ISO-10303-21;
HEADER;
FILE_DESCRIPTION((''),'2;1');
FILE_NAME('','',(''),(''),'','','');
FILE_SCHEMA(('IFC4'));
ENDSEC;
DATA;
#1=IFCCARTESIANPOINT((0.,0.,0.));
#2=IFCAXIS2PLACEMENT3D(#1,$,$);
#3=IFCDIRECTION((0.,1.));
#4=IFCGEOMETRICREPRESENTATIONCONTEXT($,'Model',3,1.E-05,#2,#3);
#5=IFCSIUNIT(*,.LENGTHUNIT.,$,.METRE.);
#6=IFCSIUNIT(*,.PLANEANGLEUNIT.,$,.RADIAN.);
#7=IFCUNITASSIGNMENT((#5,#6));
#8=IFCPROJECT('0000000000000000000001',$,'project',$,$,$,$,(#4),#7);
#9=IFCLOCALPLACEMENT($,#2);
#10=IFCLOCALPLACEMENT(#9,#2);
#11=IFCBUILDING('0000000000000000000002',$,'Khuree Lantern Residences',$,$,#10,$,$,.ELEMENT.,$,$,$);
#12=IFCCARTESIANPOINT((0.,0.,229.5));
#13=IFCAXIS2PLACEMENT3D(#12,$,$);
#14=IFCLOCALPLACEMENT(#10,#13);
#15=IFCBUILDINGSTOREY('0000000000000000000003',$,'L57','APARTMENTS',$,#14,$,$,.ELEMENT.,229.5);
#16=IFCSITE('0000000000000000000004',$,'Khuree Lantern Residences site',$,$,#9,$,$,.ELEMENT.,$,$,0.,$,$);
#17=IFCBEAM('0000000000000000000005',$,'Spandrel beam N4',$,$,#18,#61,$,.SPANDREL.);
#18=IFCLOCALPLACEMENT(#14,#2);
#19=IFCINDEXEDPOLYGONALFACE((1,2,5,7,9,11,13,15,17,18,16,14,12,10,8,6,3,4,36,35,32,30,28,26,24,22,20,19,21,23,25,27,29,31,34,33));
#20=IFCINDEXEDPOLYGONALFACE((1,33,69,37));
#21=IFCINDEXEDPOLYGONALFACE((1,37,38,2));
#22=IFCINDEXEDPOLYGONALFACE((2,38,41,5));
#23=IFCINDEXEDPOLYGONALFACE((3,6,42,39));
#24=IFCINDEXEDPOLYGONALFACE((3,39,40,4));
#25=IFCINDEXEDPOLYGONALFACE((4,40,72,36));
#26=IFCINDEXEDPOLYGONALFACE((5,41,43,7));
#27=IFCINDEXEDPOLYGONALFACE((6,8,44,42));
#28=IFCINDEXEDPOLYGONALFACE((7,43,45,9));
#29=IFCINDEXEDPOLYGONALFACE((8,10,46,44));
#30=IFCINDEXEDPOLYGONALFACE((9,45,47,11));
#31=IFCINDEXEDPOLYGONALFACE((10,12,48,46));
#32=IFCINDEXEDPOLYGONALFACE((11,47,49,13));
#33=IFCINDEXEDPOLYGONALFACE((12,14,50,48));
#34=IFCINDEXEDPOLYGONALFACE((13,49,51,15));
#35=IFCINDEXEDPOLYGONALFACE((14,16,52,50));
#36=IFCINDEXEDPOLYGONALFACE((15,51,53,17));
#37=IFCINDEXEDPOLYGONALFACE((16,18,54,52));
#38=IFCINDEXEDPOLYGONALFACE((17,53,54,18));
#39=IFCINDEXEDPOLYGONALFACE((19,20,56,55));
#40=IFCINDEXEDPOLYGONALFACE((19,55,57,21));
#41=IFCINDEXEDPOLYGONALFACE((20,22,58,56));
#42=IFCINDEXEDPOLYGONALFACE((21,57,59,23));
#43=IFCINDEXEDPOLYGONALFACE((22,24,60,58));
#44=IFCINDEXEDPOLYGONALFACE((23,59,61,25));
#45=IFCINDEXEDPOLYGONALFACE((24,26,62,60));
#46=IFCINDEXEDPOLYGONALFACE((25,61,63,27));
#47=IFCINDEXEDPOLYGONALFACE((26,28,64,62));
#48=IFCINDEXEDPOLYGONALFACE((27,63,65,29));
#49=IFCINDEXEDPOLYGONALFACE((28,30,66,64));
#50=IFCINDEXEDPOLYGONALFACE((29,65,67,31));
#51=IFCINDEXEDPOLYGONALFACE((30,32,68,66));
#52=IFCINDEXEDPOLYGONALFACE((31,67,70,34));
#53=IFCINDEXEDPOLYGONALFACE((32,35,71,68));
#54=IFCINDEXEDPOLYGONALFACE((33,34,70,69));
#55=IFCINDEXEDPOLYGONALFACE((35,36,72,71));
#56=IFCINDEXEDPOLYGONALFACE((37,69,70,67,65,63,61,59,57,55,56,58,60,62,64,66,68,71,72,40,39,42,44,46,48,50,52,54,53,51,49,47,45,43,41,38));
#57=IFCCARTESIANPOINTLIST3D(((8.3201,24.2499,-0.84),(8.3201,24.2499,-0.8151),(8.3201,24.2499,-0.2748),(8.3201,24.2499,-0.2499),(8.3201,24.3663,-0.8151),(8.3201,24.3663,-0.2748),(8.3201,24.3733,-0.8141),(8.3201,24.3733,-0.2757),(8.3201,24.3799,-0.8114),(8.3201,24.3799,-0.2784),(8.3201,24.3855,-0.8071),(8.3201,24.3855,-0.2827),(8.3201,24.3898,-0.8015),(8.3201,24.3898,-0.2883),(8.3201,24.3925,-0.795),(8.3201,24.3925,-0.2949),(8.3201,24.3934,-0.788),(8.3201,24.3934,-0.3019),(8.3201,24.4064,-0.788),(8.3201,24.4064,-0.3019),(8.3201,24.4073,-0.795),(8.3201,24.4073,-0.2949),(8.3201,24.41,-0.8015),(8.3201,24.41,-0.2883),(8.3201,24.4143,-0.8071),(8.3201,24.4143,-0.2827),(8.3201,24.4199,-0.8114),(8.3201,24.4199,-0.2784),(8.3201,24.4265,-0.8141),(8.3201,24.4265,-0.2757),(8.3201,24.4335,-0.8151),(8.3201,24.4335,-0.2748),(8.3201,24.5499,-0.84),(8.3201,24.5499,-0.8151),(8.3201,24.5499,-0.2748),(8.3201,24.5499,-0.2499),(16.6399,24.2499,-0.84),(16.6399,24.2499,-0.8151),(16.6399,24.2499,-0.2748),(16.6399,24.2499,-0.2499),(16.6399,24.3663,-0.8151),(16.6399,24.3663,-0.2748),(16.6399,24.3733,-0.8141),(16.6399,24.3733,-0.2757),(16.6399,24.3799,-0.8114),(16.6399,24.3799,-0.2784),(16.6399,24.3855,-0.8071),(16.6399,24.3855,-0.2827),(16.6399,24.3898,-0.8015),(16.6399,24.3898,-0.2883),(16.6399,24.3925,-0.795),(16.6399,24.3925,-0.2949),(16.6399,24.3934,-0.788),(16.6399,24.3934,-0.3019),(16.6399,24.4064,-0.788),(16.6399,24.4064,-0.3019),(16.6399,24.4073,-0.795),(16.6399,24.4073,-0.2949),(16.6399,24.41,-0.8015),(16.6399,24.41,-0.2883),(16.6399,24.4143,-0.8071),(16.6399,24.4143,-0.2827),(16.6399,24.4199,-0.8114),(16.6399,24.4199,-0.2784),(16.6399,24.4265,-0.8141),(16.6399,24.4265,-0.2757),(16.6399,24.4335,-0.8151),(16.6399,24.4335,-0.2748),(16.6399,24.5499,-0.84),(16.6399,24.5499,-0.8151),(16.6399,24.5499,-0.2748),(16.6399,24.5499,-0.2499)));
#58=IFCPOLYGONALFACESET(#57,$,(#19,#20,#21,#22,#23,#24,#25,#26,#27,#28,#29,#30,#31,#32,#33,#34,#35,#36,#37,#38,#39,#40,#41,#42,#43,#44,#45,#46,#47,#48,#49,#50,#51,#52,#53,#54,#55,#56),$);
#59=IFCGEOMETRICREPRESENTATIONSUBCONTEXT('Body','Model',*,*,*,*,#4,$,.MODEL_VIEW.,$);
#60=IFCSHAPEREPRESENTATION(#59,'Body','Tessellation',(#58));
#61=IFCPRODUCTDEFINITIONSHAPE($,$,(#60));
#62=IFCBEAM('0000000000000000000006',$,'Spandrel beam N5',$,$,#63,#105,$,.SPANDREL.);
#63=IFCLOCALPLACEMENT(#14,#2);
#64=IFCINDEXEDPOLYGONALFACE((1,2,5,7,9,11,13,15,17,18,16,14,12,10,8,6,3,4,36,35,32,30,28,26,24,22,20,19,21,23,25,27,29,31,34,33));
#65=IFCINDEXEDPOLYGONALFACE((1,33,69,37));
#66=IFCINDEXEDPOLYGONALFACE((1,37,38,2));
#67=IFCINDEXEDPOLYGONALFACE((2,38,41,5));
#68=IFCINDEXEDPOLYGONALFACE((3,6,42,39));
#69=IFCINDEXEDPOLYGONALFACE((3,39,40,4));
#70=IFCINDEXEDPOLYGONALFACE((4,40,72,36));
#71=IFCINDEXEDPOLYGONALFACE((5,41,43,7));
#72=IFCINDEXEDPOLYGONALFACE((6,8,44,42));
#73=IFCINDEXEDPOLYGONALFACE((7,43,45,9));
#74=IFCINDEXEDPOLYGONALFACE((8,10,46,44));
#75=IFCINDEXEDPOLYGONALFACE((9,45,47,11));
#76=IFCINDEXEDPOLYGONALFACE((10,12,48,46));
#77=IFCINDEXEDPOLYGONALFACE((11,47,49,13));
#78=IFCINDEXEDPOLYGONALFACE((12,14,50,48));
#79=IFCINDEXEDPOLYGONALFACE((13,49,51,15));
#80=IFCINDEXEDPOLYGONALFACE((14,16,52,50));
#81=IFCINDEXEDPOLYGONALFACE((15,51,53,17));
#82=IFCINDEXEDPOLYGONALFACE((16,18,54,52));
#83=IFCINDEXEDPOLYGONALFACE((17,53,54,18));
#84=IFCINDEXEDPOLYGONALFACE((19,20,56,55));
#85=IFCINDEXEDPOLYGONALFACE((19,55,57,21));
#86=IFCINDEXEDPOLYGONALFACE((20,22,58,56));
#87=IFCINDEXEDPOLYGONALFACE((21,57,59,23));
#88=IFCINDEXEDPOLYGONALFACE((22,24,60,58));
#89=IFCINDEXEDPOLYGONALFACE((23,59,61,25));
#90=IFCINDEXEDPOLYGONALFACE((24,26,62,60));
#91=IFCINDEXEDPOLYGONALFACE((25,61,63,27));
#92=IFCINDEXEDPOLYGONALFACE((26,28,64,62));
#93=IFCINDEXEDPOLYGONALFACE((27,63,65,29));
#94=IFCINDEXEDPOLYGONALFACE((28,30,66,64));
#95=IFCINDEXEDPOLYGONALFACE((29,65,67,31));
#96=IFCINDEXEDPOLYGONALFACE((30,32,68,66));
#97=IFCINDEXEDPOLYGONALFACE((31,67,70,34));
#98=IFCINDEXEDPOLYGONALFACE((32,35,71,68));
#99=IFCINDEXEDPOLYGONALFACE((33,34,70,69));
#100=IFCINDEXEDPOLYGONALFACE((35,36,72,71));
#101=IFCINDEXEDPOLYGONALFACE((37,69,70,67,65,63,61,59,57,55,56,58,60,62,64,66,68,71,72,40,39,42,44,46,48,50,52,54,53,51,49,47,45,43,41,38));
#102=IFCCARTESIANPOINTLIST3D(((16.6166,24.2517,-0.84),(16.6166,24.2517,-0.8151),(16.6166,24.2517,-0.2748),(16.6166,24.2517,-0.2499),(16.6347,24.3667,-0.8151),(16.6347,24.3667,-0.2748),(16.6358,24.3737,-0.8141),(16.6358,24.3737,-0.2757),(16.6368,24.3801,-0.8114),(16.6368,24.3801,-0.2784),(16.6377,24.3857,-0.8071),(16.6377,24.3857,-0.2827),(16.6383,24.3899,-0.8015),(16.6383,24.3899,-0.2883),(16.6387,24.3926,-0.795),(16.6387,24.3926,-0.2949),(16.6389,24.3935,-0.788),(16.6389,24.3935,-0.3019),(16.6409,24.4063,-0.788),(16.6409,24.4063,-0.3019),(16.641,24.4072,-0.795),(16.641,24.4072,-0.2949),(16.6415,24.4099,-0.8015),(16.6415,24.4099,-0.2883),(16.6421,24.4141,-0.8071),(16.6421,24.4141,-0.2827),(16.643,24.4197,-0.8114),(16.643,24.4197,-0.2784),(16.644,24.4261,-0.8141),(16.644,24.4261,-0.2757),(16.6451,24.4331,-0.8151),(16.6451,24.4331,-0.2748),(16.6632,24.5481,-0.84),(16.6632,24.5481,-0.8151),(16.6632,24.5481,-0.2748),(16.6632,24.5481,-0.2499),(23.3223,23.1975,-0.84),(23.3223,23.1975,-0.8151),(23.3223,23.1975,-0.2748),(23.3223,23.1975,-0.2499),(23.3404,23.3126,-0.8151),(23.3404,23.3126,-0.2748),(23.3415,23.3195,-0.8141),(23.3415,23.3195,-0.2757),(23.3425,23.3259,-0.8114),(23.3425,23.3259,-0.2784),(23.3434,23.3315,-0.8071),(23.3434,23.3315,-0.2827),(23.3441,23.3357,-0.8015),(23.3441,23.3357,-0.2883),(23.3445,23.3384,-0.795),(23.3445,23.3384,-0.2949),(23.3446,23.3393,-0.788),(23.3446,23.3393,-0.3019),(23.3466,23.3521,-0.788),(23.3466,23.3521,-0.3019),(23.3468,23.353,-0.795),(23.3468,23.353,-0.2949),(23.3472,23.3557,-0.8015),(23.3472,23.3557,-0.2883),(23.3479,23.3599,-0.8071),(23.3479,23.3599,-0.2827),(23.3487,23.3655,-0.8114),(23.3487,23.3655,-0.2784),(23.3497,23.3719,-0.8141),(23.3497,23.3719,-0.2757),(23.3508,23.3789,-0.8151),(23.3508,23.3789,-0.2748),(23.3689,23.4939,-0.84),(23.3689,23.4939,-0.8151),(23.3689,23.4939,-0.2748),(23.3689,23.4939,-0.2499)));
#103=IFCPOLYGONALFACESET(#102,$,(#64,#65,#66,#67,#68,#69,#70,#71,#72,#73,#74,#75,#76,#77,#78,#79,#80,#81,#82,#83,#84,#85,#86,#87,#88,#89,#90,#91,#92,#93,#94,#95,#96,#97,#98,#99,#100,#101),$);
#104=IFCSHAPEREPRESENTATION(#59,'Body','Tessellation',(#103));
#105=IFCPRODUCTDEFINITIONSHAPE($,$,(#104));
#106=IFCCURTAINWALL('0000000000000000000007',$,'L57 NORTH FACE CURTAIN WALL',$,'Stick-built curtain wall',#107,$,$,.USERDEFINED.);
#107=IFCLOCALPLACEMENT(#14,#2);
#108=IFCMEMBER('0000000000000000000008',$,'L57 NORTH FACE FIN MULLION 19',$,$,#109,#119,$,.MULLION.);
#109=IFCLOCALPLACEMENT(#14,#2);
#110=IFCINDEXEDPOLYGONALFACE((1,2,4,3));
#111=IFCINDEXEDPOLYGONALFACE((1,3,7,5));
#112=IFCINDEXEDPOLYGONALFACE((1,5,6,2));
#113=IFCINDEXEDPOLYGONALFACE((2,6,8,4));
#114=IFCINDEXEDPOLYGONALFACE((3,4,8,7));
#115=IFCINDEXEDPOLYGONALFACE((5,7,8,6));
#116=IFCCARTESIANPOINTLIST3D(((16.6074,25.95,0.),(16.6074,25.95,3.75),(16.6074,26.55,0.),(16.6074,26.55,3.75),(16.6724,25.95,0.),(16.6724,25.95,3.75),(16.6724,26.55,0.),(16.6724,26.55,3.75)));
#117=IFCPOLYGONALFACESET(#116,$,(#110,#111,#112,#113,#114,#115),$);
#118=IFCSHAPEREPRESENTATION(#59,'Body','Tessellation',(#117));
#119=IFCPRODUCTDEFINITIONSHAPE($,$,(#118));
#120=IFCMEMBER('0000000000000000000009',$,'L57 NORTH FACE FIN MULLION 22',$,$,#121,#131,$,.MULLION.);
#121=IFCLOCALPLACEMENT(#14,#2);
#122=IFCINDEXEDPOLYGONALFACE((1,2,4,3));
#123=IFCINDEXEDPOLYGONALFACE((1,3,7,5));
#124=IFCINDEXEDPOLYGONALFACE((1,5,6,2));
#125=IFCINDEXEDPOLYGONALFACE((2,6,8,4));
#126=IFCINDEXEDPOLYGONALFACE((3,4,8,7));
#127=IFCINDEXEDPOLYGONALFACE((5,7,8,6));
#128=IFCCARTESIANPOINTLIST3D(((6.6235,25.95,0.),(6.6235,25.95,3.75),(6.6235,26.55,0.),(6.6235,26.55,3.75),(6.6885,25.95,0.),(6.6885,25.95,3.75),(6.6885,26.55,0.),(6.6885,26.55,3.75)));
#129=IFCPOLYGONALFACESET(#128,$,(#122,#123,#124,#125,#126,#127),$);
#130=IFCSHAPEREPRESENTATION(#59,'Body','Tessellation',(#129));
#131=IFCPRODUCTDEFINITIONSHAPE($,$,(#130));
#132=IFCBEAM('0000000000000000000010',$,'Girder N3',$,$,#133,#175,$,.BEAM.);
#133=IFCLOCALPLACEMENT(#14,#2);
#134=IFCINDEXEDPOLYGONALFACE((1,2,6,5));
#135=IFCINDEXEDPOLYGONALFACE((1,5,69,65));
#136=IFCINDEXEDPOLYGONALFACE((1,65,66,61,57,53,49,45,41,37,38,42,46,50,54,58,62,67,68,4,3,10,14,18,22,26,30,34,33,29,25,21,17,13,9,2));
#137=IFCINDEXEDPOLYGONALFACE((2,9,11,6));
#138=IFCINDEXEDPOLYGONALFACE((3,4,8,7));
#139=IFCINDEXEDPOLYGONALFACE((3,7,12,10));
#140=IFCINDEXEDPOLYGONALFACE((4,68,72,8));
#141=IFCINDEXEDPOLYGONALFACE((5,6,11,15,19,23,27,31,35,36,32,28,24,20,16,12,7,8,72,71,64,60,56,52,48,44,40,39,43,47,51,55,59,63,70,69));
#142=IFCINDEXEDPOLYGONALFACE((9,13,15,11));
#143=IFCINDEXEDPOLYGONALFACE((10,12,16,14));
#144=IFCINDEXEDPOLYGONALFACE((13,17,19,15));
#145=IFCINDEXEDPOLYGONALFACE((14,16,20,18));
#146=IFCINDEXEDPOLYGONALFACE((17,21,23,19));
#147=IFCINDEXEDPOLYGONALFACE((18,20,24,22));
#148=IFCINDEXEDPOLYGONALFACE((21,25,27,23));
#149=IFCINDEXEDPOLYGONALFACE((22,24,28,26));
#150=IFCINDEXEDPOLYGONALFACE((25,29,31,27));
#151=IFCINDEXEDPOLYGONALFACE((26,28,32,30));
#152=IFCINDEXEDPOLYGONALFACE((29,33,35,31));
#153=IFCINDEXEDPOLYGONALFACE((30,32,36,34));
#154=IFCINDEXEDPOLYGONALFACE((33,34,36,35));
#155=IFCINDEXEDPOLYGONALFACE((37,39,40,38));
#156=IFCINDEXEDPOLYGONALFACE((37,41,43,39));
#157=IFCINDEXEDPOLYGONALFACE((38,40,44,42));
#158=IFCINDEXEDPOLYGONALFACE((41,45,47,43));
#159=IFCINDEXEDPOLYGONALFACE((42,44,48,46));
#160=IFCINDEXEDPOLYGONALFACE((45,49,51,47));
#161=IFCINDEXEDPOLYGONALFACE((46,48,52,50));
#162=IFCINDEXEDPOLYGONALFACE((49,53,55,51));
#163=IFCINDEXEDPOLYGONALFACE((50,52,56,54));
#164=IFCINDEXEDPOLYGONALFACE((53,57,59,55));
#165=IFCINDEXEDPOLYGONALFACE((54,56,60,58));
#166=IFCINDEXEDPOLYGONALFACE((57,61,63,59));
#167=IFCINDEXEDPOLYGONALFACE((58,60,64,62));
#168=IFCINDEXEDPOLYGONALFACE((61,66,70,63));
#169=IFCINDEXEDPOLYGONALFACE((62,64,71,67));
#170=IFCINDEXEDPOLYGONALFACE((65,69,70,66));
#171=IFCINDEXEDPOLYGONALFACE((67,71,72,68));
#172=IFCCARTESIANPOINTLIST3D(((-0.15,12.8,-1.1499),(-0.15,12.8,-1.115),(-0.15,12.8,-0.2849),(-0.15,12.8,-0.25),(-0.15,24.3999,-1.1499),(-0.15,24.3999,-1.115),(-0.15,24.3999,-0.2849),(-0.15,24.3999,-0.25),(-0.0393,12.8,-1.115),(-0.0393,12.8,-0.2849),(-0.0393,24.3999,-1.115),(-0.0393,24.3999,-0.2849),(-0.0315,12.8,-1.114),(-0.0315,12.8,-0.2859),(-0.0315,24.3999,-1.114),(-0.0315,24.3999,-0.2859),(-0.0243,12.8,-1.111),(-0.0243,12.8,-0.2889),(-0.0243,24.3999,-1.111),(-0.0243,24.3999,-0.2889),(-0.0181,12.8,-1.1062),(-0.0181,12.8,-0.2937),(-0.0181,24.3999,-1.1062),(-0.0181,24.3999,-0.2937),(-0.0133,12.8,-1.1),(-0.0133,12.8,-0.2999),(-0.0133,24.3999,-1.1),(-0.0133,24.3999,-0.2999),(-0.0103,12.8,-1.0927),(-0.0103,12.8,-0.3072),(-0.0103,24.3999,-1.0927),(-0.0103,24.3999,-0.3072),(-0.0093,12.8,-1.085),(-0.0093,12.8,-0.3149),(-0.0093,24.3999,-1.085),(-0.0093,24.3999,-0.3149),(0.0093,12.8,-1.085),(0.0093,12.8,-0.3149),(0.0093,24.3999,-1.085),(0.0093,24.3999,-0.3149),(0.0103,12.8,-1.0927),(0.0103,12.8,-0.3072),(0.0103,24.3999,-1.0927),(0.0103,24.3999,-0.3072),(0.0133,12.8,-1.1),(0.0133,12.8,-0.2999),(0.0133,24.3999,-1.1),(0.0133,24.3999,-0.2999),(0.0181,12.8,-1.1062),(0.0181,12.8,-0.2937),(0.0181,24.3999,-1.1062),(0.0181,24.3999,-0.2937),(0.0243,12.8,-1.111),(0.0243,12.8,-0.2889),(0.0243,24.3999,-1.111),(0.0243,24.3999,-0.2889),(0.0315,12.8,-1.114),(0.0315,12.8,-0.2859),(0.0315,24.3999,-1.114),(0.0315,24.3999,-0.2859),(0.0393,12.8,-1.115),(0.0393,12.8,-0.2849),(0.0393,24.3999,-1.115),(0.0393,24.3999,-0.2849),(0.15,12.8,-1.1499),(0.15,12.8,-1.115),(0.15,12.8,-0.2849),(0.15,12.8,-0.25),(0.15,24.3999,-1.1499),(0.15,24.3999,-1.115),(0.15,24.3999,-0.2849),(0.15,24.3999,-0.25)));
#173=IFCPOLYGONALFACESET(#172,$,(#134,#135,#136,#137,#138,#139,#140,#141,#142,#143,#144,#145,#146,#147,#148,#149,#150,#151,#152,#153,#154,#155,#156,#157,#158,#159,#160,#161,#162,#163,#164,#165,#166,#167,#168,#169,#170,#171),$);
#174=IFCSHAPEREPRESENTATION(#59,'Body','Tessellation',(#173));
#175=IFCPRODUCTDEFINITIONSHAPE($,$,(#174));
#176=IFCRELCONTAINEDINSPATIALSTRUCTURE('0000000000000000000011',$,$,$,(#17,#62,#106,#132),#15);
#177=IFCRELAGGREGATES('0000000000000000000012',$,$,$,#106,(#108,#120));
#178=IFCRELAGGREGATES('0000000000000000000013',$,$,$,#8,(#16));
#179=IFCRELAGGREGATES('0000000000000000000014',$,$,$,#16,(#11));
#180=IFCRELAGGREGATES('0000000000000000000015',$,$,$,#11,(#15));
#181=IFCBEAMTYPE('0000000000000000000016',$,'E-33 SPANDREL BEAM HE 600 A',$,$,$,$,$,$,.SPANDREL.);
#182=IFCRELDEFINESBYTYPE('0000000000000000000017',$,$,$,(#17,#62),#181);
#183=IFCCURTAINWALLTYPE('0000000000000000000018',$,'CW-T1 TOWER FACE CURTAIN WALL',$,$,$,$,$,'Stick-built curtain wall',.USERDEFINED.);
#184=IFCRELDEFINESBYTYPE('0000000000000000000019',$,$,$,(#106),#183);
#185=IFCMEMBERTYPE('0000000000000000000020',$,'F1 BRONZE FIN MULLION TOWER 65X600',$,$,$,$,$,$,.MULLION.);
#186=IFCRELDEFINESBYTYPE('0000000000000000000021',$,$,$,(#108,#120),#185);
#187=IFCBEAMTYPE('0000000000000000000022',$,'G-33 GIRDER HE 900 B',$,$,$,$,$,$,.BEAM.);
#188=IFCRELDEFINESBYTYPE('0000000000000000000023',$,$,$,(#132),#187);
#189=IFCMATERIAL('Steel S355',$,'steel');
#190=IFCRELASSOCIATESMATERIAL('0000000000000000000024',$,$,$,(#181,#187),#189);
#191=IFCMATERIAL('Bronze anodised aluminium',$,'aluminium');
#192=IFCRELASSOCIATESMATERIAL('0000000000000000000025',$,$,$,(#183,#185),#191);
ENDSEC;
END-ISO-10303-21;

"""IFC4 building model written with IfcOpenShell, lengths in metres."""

from ifc_helpers import new_model, si_unit, direction, frame, origin, origin_2d, place, context, subcontext, project, spatial, rectangle, i_section, extrude, material, material_profile, profile_set, type_object, element, aggregate, save


model = new_model("IFC4")

# Units and contexts
model_context = context("Model", 3, precision=1e-05, world=origin(), true_north=direction((0.0, 1.0)))
body_context = subcontext(model_context, "Body", "Model", "MODEL_VIEW")
ifc_project = project(units=[si_unit("LENGTHUNIT", "METRE"), si_unit("PLANEANGLEUNIT", "RADIAN")], contexts=[model_context])

# Site, building, storey
site_placement = place(None, origin())
site = spatial("IfcSite", under=ifc_project, at=site_placement, Name="Khuree Lantern Residences site", CompositionType="ELEMENT", RefElevation=0.0)
building_placement = place(site_placement, origin())
building = spatial("IfcBuilding", under=site, at=building_placement, Name="Khuree Lantern Residences", CompositionType="ELEMENT")
storey_placement = place(building_placement, frame((0.0, 0.0, 229.5)))
storey = spatial("IfcBuildingStorey", under=building, at=storey_placement, Name="L57", Description="APARTMENTS", CompositionType="ELEMENT", Elevation=229.5)

# Beams
ifc_material_1 = material(Name="Steel S355", Category="steel")
ifc_material_profile_1 = material_profile(ifc_material_1, i_section(OverallWidth=0.3, OverallDepth=0.5901, WebThickness=0.0129, FlangeThickness=0.0249, FilletRadius=0.0271, at=origin_2d()), Name="HE 600 A")
ifc_profile_set_1 = profile_set([ifc_material_profile_1], Name="Steel S355")
beam_type_1 = type_object("IfcBeamType", Name="E-33 SPANDREL BEAM HE 600 A", PredefinedType="SPANDREL", material=ifc_profile_set_1)
beam_1_placement = place(storey_placement, frame((8.3201, 24.3999, -0.5449), z_axis=(1.0, 0.0, 0.0), x_axis=(0.0, 1.0, 0.0)))
element("IfcBeam", 1, at=beam_1_placement, inside=storey, type_object=beam_type_1, Name="Spandrel beam N4", PredefinedType="SPANDREL", context=body_context, shape_type="SweptSolid", body=[
    extrude(i_section(OverallWidth=0.3, OverallDepth=0.5901, WebThickness=0.0129, FlangeThickness=0.0249, FilletRadius=0.0271, at=origin_2d()), origin(), (0.0, 0.0, 1.0), 8.3198),
])
beam_2_placement = place(storey_placement, frame((16.6399, 24.3999, -0.5449), z_axis=(0.987867, -0.1553, 0.0), x_axis=(0.1553, 0.987867, 0.0)))
element("IfcBeam", 2, at=beam_2_placement, inside=storey, type_object=beam_type_1, Name="Spandrel beam N5", PredefinedType="SPANDREL", context=body_context, shape_type="SweptSolid", body=[
    extrude(i_section(OverallWidth=0.3, OverallDepth=0.5901, WebThickness=0.0129, FlangeThickness=0.0249, FilletRadius=0.0271, at=origin_2d()), origin(), (0.0, 0.0, 1.0), 6.7881),
])

# Curtain wall, members
ifc_material_2 = material(Name="Bronze anodised aluminium", Category="aluminium")
curtain_wall_type = type_object("IfcCurtainWallType", Name="CW-T1 TOWER FACE CURTAIN WALL", ElementType="Stick-built curtain wall", PredefinedType="USERDEFINED", material=ifc_material_2)
curtain_wall_placement = place(storey_placement, origin())
curtain_wall = element("IfcCurtainWall", 3, at=curtain_wall_placement, inside=storey, type_object=curtain_wall_type, Name="L57 NORTH FACE CURTAIN WALL", ObjectType="Stick-built curtain wall", PredefinedType="USERDEFINED")
ifc_material_profile_2 = material_profile(ifc_material_2, rectangle(XDim=0.0649, YDim=0.6001, at=origin_2d()), Name="F1 65X600")
ifc_profile_set_2 = profile_set([ifc_material_profile_2], Name="Bronze anodised aluminium")
member_type_1 = type_object("IfcMemberType", Name="F1 BRONZE FIN MULLION TOWER 65X600", PredefinedType="MULLION", material=ifc_profile_set_2)
member_1_placement = place(storey_placement, frame((16.6399, 26.25, 0.0), z_axis=(0.0, 0.0, 1.0), x_axis=(-1.0, 0.0, 0.0)))
member_1 = element("IfcMember", 4, at=member_1_placement, type_object=member_type_1, Name="L57 NORTH FACE FIN MULLION 19", PredefinedType="MULLION", context=body_context, shape_type="SweptSolid", body=[
    extrude(rectangle(XDim=0.0649, YDim=0.6001, at=origin_2d()), origin(), (0.0, 0.0, 1.0), 3.75),
])
member_2_placement = place(storey_placement, frame((6.656, 26.25, 0.0), z_axis=(0.0, 0.0, 1.0), x_axis=(-1.0, 0.0, 0.0)))
member_2 = element("IfcMember", 5, at=member_2_placement, type_object=member_type_1, Name="L57 NORTH FACE FIN MULLION 22", PredefinedType="MULLION", context=body_context, shape_type="SweptSolid", body=[
    extrude(rectangle(XDim=0.0649, YDim=0.6001, at=origin_2d()), origin(), (0.0, 0.0, 1.0), 3.75),
])

# Beam
ifc_material_profile_3 = material_profile(ifc_material_1, i_section(OverallWidth=0.3, OverallDepth=0.8999, WebThickness=0.0186, FlangeThickness=0.0349, FilletRadius=0.03, at=origin_2d()), Name="HE 900 B")
ifc_profile_set_3 = profile_set([ifc_material_profile_3], Name="Steel S355")
beam_type_2 = type_object("IfcBeamType", Name="G-33 GIRDER HE 900 B", PredefinedType="BEAM", material=ifc_profile_set_3)
for number, where, z_axis, x_axis, name in (
    (6, (0.0, 24.3999, -0.7), (0.0, -1.0, 0.0), (1.0, 0.0, 0.0), "Girder N3"),
):
    element("IfcBeam", number, at=place(storey_placement, frame(where, z_axis=z_axis, x_axis=x_axis)), inside=storey, type_object=beam_type_2, Name=name, PredefinedType="BEAM", context=body_context, shape_type="SweptSolid", body=[
        extrude(i_section(OverallWidth=0.3, OverallDepth=0.8999, WebThickness=0.0186, FlangeThickness=0.0349, FilletRadius=0.03, at=origin_2d()), origin(), (0.0, 0.0, 1.0), 11.5999),
    ])

aggregate(curtain_wall, [member_1, member_2])

save(model, "model.ifc")
